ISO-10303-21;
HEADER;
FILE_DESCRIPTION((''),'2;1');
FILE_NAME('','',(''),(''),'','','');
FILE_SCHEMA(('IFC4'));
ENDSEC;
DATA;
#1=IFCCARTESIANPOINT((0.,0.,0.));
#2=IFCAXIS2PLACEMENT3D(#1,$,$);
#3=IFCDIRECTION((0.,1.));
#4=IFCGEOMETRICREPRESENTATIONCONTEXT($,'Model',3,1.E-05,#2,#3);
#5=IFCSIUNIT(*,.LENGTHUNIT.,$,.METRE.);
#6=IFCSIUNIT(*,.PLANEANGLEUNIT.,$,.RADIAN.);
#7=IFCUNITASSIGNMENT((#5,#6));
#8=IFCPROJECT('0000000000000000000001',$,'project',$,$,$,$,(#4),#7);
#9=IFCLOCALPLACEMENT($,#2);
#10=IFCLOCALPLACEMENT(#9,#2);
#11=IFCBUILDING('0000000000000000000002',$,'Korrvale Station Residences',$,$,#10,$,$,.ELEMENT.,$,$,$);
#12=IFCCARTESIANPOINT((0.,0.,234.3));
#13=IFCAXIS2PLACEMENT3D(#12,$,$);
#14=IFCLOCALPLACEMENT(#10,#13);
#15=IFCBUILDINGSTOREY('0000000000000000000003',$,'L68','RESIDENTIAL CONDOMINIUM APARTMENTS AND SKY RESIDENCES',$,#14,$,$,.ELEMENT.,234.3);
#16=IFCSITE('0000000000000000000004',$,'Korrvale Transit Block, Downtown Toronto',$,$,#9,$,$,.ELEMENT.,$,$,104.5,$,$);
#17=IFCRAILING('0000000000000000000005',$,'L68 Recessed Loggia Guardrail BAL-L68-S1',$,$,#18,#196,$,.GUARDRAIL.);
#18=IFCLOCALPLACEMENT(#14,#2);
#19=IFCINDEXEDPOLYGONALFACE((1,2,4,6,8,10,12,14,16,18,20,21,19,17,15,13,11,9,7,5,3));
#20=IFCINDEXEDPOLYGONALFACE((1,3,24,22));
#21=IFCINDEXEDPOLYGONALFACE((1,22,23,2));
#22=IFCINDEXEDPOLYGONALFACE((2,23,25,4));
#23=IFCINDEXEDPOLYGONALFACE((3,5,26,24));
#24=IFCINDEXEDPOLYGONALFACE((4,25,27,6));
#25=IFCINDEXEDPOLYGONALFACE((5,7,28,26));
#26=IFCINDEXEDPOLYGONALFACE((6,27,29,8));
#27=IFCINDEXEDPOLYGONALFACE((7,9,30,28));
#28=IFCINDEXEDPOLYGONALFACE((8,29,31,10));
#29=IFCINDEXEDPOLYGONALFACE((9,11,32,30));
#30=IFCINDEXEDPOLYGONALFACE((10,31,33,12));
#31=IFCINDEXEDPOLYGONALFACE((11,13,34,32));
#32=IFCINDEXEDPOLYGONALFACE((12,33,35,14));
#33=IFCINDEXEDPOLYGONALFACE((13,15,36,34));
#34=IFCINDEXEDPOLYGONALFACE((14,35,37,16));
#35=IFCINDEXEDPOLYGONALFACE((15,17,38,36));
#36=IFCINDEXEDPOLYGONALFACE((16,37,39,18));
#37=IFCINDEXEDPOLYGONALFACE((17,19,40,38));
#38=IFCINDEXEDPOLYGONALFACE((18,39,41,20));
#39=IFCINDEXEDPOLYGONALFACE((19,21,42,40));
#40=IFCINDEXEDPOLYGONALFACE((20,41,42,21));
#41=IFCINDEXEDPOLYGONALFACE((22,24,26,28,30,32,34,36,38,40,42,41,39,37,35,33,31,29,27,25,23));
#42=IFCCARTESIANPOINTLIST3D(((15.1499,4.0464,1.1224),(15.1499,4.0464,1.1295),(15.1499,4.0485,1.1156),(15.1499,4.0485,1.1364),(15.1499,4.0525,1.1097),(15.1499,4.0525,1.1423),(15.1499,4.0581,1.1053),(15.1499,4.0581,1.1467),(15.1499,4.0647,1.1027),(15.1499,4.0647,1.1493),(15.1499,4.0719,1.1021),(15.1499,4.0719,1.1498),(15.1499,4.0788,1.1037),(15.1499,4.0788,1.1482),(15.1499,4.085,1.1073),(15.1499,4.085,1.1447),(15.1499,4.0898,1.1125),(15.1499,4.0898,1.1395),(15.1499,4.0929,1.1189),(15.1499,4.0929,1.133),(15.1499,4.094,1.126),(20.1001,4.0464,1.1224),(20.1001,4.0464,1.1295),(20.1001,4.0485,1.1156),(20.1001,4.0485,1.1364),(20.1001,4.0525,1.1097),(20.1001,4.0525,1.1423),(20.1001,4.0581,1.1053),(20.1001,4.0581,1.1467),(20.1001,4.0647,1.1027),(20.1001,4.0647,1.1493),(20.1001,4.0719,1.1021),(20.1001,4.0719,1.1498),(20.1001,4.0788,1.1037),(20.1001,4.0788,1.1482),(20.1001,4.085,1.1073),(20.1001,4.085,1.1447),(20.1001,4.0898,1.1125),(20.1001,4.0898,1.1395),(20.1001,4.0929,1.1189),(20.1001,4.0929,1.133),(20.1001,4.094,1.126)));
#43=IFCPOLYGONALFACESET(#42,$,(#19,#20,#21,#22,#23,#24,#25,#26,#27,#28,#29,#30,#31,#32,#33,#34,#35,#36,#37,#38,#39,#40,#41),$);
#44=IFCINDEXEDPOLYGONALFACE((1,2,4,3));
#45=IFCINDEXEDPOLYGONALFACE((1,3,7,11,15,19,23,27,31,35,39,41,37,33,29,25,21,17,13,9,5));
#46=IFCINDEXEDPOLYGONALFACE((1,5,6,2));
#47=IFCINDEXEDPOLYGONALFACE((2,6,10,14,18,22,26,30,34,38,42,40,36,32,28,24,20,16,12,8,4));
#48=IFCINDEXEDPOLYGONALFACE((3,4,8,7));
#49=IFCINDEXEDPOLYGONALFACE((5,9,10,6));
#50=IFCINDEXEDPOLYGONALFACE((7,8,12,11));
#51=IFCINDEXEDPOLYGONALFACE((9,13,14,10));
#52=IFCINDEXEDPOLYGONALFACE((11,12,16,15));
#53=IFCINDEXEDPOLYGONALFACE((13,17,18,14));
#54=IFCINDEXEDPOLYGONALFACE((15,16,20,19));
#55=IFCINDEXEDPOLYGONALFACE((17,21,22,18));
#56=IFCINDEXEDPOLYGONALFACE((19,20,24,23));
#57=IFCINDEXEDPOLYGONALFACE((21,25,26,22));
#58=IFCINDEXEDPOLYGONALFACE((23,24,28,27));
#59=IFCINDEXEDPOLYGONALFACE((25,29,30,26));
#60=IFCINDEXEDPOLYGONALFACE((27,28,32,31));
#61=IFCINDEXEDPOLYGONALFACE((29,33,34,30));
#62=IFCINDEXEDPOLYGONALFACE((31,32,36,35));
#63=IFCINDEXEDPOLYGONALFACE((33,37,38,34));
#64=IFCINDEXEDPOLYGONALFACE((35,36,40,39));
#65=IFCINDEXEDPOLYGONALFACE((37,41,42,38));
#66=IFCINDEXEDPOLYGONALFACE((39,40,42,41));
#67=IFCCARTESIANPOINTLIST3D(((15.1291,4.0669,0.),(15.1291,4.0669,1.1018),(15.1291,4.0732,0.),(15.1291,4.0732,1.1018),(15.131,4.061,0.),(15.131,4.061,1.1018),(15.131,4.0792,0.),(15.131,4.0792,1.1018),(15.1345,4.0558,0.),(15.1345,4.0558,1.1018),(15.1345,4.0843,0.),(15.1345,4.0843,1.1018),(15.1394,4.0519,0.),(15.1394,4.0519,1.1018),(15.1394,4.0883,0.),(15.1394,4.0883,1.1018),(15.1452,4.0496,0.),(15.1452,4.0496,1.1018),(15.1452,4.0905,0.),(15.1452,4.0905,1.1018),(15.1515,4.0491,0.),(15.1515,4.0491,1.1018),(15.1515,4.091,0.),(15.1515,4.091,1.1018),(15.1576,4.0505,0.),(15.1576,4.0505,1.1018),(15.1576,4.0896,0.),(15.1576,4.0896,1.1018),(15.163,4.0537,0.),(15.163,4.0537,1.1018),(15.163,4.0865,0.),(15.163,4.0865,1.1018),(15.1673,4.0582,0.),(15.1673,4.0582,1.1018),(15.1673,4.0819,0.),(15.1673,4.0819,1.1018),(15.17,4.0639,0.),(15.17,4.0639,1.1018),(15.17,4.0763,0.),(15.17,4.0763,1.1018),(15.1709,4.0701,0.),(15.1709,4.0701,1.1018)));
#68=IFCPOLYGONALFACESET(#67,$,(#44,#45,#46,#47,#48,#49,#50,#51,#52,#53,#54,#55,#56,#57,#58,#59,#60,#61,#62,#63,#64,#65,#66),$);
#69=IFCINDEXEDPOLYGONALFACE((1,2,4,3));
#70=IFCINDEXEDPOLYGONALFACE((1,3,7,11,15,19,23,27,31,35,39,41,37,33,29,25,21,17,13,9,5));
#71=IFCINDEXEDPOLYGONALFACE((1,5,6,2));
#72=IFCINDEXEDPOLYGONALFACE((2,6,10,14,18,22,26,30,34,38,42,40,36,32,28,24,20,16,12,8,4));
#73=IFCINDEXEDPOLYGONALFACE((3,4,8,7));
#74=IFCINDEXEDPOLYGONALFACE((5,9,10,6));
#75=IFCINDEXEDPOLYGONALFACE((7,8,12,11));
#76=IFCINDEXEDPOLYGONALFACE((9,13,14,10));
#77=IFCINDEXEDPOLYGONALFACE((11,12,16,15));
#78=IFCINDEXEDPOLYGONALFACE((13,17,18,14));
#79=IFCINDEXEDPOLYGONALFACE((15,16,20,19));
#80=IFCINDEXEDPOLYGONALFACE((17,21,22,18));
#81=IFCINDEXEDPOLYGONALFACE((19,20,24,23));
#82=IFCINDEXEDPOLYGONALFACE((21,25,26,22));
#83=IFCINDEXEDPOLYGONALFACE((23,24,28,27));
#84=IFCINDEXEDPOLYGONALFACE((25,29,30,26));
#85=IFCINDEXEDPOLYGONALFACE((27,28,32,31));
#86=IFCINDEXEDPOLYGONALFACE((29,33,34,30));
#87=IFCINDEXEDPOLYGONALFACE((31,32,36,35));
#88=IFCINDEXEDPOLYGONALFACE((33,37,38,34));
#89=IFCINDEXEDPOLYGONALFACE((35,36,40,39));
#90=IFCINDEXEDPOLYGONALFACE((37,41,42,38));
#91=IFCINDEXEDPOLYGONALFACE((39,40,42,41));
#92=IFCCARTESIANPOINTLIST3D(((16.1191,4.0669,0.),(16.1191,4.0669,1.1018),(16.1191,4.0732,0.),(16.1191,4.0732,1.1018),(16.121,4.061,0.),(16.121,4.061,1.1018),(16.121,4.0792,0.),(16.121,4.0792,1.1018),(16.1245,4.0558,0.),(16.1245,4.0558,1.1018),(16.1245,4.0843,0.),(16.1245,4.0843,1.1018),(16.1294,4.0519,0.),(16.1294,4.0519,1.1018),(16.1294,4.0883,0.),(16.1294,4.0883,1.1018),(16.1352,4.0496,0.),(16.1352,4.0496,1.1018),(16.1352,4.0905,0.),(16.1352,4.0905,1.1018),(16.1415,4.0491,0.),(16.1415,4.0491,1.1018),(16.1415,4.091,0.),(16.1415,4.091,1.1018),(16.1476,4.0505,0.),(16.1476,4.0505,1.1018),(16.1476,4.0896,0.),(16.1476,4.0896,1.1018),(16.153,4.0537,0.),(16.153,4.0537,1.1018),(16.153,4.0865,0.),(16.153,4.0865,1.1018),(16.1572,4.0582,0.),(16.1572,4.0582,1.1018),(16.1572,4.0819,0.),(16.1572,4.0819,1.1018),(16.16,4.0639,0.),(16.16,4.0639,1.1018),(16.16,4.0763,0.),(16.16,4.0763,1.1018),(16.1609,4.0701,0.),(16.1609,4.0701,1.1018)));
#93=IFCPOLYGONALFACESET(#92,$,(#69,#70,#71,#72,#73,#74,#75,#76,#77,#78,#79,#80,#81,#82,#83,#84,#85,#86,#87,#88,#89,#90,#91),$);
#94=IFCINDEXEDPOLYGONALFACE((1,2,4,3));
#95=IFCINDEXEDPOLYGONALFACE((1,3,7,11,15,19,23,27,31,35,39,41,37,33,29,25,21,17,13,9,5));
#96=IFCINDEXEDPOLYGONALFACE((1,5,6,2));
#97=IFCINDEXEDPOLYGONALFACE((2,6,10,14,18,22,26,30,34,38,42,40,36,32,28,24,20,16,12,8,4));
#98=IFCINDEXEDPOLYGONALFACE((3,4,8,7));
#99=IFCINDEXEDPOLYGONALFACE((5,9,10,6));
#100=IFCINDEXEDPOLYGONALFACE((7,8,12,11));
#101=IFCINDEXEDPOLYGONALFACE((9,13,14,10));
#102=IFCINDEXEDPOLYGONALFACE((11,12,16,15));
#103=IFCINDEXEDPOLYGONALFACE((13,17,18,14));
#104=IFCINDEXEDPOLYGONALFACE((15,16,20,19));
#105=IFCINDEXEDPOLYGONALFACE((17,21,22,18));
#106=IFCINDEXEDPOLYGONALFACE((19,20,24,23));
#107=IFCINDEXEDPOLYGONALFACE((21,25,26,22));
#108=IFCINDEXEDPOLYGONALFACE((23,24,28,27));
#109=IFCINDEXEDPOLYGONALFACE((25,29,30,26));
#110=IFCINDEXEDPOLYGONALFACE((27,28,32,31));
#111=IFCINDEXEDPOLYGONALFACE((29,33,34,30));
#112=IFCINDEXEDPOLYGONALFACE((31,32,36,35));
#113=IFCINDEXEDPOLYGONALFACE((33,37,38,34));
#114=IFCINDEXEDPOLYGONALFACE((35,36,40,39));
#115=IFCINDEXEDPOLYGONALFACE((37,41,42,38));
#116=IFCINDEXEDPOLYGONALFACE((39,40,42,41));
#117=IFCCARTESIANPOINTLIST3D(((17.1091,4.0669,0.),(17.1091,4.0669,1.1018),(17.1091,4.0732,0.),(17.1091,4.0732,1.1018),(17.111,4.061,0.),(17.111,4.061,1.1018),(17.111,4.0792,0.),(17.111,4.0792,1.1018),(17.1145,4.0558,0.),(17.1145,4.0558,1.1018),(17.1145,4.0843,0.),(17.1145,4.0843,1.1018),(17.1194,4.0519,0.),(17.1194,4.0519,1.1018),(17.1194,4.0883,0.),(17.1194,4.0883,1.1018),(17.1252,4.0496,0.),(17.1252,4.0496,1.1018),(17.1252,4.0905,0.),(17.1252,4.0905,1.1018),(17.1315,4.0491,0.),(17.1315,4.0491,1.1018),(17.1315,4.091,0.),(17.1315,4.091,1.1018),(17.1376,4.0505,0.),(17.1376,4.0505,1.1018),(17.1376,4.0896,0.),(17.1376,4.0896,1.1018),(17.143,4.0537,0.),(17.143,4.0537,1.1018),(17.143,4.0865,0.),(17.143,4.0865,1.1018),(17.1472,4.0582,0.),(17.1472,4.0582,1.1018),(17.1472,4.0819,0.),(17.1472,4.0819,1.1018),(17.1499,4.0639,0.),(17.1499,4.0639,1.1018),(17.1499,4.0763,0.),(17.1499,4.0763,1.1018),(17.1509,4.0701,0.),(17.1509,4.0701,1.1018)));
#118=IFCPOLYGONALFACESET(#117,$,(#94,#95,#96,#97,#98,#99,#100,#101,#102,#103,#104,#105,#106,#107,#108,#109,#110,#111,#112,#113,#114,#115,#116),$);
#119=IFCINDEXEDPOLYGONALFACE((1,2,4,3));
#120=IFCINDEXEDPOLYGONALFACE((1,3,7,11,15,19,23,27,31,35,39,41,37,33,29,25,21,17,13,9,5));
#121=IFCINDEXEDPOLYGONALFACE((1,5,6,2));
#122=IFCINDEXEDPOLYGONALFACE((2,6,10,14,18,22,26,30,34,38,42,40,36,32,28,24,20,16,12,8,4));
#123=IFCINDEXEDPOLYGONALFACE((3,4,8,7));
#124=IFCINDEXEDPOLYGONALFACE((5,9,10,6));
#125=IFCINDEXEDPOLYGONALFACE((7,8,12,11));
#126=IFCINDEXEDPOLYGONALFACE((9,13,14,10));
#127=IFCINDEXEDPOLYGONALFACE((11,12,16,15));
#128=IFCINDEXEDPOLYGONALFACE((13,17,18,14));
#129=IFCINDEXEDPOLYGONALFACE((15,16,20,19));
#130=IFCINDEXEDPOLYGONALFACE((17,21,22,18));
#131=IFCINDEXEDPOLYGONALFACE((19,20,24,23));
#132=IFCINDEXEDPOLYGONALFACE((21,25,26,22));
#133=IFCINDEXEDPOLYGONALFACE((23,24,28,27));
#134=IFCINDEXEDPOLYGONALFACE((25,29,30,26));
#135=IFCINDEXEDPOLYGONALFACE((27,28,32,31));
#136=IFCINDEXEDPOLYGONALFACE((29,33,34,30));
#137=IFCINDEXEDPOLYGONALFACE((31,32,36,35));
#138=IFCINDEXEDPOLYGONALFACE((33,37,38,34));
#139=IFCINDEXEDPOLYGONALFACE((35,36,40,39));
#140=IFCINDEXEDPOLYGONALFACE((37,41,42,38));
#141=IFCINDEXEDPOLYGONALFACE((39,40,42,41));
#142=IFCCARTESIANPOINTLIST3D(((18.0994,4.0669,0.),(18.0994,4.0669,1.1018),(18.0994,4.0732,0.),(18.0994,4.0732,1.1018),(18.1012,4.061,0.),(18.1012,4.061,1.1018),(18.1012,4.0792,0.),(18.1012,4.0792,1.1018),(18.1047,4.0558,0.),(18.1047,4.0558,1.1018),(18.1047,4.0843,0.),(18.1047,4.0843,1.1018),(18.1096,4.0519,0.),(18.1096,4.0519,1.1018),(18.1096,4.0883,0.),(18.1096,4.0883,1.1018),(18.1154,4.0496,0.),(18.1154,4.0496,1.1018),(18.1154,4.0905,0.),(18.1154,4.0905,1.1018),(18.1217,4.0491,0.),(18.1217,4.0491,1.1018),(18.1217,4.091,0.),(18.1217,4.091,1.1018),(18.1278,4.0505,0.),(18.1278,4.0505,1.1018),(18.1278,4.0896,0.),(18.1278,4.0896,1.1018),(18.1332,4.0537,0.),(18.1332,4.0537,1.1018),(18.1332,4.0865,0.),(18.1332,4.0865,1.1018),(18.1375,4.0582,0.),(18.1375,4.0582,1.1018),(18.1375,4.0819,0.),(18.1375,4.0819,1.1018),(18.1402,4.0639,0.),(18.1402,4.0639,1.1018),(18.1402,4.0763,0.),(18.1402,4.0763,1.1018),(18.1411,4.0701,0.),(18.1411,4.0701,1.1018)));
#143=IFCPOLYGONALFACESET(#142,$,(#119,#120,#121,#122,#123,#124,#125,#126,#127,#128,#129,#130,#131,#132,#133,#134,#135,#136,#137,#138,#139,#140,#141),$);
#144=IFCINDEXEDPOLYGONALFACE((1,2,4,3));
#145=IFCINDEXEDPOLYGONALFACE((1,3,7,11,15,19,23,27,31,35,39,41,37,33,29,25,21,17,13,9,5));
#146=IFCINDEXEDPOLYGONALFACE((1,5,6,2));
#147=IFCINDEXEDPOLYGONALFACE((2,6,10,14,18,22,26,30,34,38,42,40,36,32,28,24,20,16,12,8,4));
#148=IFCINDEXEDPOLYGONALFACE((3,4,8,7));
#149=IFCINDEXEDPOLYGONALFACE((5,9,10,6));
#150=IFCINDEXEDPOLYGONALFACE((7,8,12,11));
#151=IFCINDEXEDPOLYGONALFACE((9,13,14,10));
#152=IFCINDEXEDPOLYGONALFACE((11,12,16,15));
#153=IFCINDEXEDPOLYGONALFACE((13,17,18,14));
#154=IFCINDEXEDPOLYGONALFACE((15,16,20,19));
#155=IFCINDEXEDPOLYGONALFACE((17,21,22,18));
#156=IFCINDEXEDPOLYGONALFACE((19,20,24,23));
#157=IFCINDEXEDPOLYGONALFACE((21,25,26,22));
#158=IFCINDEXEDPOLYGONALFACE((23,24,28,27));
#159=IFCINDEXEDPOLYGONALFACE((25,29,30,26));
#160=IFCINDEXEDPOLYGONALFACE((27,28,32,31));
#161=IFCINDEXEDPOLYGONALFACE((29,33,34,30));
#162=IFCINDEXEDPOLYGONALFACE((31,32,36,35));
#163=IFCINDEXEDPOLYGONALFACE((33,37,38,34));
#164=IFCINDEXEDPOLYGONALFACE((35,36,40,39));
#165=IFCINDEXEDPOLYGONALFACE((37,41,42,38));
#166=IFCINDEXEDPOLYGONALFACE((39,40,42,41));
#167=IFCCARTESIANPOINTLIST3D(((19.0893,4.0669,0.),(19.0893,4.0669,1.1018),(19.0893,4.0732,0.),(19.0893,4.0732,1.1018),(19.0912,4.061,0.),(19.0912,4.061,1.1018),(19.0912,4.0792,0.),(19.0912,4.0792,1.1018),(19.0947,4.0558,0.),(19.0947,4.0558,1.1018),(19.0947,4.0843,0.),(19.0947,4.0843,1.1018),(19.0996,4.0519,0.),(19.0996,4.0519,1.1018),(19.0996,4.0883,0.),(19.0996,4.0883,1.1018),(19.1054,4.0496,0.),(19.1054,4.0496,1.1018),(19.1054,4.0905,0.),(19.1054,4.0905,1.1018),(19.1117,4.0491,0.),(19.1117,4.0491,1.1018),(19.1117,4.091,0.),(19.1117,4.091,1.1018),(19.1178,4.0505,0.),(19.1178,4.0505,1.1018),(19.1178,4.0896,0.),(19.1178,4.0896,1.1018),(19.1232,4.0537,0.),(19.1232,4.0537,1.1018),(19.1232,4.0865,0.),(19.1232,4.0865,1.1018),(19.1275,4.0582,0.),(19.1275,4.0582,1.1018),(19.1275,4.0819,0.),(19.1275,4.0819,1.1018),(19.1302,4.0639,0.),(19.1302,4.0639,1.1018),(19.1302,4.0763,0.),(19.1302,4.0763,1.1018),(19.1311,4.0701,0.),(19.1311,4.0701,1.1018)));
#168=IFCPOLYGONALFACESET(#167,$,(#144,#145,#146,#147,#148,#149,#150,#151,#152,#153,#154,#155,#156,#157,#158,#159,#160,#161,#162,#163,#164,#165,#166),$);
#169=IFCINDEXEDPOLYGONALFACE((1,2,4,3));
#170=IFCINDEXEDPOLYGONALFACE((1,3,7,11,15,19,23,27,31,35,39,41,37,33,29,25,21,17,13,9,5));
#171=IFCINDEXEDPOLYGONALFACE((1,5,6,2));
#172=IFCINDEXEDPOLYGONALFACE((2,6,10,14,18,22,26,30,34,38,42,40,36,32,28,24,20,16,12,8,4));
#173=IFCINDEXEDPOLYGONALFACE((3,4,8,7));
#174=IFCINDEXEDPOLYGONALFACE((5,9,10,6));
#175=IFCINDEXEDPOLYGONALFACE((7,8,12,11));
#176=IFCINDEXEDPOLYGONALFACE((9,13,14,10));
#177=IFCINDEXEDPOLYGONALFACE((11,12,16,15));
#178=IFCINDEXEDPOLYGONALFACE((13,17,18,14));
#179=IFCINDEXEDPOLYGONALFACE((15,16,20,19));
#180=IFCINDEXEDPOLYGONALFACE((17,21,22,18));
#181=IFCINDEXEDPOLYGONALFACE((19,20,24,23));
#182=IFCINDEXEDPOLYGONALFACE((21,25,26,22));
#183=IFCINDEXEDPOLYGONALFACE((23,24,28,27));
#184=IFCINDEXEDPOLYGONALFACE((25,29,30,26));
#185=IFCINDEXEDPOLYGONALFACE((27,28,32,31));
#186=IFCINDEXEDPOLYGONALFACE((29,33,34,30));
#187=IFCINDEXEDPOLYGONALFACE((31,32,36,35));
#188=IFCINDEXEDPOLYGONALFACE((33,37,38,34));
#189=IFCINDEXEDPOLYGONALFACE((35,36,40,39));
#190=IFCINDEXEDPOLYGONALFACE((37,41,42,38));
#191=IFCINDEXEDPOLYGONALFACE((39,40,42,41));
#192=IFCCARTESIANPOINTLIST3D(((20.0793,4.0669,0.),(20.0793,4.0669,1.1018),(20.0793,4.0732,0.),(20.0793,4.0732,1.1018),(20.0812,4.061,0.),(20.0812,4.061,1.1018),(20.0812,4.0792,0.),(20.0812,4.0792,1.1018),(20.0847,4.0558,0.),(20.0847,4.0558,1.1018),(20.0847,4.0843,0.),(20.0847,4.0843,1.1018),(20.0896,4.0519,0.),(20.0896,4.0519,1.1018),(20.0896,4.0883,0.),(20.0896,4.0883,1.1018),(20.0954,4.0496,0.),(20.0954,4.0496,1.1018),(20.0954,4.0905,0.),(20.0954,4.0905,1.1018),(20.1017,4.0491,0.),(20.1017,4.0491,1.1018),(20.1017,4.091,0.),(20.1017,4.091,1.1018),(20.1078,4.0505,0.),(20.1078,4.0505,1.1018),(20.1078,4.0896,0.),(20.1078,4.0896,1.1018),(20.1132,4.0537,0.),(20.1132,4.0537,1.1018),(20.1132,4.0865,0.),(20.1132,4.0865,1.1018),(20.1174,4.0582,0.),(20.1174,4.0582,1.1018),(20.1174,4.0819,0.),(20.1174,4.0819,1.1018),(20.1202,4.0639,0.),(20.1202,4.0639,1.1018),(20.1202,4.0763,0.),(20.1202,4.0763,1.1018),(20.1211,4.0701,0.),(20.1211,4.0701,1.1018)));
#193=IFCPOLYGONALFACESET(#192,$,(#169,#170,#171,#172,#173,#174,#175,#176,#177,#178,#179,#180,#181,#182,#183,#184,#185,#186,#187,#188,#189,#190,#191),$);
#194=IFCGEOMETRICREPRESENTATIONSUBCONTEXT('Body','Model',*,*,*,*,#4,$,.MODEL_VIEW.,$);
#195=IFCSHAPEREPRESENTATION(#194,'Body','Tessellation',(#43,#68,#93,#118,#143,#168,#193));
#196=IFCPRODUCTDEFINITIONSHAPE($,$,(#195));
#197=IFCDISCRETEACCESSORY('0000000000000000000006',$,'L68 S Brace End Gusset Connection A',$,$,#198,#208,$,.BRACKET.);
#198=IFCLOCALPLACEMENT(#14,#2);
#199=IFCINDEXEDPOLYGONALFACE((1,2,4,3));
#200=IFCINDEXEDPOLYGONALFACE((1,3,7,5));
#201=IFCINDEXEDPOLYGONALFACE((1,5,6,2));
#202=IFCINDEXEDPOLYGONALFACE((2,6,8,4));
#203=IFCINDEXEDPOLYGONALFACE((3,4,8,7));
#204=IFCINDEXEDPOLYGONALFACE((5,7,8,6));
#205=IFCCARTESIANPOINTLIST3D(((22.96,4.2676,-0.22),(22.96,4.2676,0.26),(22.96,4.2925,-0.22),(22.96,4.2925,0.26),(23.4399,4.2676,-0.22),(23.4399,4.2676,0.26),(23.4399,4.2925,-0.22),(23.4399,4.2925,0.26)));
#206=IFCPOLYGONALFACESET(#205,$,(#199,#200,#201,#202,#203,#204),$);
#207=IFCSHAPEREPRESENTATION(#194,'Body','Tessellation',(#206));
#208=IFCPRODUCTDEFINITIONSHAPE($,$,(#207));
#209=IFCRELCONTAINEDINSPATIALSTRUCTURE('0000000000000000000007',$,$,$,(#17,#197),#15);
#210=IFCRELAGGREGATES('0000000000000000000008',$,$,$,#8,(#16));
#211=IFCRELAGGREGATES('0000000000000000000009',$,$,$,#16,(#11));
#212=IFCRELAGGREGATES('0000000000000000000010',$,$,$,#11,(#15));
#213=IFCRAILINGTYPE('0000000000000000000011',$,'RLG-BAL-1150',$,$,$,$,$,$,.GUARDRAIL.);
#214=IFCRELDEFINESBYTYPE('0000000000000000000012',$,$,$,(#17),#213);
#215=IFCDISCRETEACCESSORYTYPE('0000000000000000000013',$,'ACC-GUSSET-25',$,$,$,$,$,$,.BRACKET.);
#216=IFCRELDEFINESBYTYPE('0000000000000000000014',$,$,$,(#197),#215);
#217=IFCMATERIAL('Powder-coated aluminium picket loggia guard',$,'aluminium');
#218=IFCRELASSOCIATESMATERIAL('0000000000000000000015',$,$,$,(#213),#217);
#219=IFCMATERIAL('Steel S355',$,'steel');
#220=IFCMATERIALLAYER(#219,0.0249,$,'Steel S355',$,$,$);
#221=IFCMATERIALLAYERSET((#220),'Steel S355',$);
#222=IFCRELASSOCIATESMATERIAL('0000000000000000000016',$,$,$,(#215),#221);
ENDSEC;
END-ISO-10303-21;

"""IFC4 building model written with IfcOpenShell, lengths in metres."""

from ifc_helpers import new_model, si_unit, direction, frame, origin, origin_2d, place, context, subcontext, project, spatial, rectangle, circle, extrude, material, layer, layer_set, type_object, element, save


model = new_model("IFC4")

# Units and contexts
model_context = context("Model", 3, precision=1e-05, world=origin(), true_north=direction((0.0, 1.0)))
body_context = subcontext(model_context, "Body", "Model", "MODEL_VIEW")
ifc_project = project(units=[si_unit("LENGTHUNIT", "METRE"), si_unit("PLANEANGLEUNIT", "RADIAN")], contexts=[model_context])

# Site, building, storey
site_placement = place(None, origin())
site = spatial("IfcSite", under=ifc_project, at=site_placement, Name="Korrvale Transit Block, Downtown Toronto", CompositionType="ELEMENT", RefElevation=104.5)
building_placement = place(site_placement, origin())
building = spatial("IfcBuilding", under=site, at=building_placement, Name="Korrvale Station Residences", CompositionType="ELEMENT")
storey_placement = place(building_placement, frame((0.0, 0.0, 234.3)))
storey = spatial("IfcBuildingStorey", under=building, at=storey_placement, Name="L68", Description="RESIDENTIAL CONDOMINIUM APARTMENTS AND SKY RESIDENCES", CompositionType="ELEMENT", Elevation=234.3)

# Shared definitions
ifc_material_1 = material(Name="Steel S355", Category="steel")

# Railing
ifc_material_2 = material(Name="Powder-coated aluminium picket loggia guard", Category="aluminium")
railing_type = type_object("IfcRailingType", Name="RLG-BAL-1150", PredefinedType="GUARDRAIL", material=ifc_material_2)
railing_placement = place(storey_placement, frame((15.1499, 4.0701, 0.0)))
element("IfcRailing", 1, at=railing_placement, inside=storey, type_object=railing_type, Name="L68 Recessed Loggia Guardrail BAL-L68-S1", PredefinedType="GUARDRAIL", context=body_context, shape_type="SweptSolid", body=[
    extrude(circle(Radius=0.0239, at=origin_2d()), frame((0.0, 0.0, 1.126), z_axis=(1.0, 0.0, 0.0), x_axis=(0.0, 1.0, 0.0)), (0.0, 0.0, 1.0), 4.9502),
    extrude(circle(Radius=0.021, at=origin_2d()), origin(), (0.0, 0.0, 1.0), 1.1018),
    extrude(circle(Radius=0.021, at=origin_2d()), frame((0.99, 0.0, 0.0)), (0.0, 0.0, 1.0), 1.1018),
    extrude(circle(Radius=0.021, at=origin_2d()), frame((1.98, 0.0, 0.0)), (0.0, 0.0, 1.0), 1.1018),
    extrude(circle(Radius=0.021, at=origin_2d()), frame((2.9702, 0.0, 0.0)), (0.0, 0.0, 1.0), 1.1018),
    extrude(circle(Radius=0.021, at=origin_2d()), frame((3.9602, 0.0, 0.0)), (0.0, 0.0, 1.0), 1.1018),
    extrude(circle(Radius=0.021, at=origin_2d()), frame((4.9502, 0.0, 0.0)), (0.0, 0.0, 1.0), 1.1018),
])

# Discrete accessory
ifc_layer_1 = layer(ifc_material_1, 0.0249, Name="Steel S355")
ifc_layer_set_1 = layer_set([ifc_layer_1], Name="Steel S355")
discrete_accessory_type = type_object("IfcDiscreteAccessoryType", Name="ACC-GUSSET-25", PredefinedType="BRACKET", material=ifc_layer_set_1)
discrete_accessory_placement = place(storey_placement, frame((23.2, 4.28, -0.22), z_axis=(0.0, 0.0, 1.0), x_axis=(1.0, 0.0, 0.0)))
element("IfcDiscreteAccessory", 2, at=discrete_accessory_placement, inside=storey, type_object=discrete_accessory_type, Name="L68 S Brace End Gusset Connection A", PredefinedType="BRACKET", context=body_context, shape_type="SweptSolid", body=[
    extrude(rectangle(XDim=0.48, YDim=0.0249, at=origin_2d()), origin(), (0.0, 0.0, 1.0), 0.48),
])

save(model, "model.ifc")
